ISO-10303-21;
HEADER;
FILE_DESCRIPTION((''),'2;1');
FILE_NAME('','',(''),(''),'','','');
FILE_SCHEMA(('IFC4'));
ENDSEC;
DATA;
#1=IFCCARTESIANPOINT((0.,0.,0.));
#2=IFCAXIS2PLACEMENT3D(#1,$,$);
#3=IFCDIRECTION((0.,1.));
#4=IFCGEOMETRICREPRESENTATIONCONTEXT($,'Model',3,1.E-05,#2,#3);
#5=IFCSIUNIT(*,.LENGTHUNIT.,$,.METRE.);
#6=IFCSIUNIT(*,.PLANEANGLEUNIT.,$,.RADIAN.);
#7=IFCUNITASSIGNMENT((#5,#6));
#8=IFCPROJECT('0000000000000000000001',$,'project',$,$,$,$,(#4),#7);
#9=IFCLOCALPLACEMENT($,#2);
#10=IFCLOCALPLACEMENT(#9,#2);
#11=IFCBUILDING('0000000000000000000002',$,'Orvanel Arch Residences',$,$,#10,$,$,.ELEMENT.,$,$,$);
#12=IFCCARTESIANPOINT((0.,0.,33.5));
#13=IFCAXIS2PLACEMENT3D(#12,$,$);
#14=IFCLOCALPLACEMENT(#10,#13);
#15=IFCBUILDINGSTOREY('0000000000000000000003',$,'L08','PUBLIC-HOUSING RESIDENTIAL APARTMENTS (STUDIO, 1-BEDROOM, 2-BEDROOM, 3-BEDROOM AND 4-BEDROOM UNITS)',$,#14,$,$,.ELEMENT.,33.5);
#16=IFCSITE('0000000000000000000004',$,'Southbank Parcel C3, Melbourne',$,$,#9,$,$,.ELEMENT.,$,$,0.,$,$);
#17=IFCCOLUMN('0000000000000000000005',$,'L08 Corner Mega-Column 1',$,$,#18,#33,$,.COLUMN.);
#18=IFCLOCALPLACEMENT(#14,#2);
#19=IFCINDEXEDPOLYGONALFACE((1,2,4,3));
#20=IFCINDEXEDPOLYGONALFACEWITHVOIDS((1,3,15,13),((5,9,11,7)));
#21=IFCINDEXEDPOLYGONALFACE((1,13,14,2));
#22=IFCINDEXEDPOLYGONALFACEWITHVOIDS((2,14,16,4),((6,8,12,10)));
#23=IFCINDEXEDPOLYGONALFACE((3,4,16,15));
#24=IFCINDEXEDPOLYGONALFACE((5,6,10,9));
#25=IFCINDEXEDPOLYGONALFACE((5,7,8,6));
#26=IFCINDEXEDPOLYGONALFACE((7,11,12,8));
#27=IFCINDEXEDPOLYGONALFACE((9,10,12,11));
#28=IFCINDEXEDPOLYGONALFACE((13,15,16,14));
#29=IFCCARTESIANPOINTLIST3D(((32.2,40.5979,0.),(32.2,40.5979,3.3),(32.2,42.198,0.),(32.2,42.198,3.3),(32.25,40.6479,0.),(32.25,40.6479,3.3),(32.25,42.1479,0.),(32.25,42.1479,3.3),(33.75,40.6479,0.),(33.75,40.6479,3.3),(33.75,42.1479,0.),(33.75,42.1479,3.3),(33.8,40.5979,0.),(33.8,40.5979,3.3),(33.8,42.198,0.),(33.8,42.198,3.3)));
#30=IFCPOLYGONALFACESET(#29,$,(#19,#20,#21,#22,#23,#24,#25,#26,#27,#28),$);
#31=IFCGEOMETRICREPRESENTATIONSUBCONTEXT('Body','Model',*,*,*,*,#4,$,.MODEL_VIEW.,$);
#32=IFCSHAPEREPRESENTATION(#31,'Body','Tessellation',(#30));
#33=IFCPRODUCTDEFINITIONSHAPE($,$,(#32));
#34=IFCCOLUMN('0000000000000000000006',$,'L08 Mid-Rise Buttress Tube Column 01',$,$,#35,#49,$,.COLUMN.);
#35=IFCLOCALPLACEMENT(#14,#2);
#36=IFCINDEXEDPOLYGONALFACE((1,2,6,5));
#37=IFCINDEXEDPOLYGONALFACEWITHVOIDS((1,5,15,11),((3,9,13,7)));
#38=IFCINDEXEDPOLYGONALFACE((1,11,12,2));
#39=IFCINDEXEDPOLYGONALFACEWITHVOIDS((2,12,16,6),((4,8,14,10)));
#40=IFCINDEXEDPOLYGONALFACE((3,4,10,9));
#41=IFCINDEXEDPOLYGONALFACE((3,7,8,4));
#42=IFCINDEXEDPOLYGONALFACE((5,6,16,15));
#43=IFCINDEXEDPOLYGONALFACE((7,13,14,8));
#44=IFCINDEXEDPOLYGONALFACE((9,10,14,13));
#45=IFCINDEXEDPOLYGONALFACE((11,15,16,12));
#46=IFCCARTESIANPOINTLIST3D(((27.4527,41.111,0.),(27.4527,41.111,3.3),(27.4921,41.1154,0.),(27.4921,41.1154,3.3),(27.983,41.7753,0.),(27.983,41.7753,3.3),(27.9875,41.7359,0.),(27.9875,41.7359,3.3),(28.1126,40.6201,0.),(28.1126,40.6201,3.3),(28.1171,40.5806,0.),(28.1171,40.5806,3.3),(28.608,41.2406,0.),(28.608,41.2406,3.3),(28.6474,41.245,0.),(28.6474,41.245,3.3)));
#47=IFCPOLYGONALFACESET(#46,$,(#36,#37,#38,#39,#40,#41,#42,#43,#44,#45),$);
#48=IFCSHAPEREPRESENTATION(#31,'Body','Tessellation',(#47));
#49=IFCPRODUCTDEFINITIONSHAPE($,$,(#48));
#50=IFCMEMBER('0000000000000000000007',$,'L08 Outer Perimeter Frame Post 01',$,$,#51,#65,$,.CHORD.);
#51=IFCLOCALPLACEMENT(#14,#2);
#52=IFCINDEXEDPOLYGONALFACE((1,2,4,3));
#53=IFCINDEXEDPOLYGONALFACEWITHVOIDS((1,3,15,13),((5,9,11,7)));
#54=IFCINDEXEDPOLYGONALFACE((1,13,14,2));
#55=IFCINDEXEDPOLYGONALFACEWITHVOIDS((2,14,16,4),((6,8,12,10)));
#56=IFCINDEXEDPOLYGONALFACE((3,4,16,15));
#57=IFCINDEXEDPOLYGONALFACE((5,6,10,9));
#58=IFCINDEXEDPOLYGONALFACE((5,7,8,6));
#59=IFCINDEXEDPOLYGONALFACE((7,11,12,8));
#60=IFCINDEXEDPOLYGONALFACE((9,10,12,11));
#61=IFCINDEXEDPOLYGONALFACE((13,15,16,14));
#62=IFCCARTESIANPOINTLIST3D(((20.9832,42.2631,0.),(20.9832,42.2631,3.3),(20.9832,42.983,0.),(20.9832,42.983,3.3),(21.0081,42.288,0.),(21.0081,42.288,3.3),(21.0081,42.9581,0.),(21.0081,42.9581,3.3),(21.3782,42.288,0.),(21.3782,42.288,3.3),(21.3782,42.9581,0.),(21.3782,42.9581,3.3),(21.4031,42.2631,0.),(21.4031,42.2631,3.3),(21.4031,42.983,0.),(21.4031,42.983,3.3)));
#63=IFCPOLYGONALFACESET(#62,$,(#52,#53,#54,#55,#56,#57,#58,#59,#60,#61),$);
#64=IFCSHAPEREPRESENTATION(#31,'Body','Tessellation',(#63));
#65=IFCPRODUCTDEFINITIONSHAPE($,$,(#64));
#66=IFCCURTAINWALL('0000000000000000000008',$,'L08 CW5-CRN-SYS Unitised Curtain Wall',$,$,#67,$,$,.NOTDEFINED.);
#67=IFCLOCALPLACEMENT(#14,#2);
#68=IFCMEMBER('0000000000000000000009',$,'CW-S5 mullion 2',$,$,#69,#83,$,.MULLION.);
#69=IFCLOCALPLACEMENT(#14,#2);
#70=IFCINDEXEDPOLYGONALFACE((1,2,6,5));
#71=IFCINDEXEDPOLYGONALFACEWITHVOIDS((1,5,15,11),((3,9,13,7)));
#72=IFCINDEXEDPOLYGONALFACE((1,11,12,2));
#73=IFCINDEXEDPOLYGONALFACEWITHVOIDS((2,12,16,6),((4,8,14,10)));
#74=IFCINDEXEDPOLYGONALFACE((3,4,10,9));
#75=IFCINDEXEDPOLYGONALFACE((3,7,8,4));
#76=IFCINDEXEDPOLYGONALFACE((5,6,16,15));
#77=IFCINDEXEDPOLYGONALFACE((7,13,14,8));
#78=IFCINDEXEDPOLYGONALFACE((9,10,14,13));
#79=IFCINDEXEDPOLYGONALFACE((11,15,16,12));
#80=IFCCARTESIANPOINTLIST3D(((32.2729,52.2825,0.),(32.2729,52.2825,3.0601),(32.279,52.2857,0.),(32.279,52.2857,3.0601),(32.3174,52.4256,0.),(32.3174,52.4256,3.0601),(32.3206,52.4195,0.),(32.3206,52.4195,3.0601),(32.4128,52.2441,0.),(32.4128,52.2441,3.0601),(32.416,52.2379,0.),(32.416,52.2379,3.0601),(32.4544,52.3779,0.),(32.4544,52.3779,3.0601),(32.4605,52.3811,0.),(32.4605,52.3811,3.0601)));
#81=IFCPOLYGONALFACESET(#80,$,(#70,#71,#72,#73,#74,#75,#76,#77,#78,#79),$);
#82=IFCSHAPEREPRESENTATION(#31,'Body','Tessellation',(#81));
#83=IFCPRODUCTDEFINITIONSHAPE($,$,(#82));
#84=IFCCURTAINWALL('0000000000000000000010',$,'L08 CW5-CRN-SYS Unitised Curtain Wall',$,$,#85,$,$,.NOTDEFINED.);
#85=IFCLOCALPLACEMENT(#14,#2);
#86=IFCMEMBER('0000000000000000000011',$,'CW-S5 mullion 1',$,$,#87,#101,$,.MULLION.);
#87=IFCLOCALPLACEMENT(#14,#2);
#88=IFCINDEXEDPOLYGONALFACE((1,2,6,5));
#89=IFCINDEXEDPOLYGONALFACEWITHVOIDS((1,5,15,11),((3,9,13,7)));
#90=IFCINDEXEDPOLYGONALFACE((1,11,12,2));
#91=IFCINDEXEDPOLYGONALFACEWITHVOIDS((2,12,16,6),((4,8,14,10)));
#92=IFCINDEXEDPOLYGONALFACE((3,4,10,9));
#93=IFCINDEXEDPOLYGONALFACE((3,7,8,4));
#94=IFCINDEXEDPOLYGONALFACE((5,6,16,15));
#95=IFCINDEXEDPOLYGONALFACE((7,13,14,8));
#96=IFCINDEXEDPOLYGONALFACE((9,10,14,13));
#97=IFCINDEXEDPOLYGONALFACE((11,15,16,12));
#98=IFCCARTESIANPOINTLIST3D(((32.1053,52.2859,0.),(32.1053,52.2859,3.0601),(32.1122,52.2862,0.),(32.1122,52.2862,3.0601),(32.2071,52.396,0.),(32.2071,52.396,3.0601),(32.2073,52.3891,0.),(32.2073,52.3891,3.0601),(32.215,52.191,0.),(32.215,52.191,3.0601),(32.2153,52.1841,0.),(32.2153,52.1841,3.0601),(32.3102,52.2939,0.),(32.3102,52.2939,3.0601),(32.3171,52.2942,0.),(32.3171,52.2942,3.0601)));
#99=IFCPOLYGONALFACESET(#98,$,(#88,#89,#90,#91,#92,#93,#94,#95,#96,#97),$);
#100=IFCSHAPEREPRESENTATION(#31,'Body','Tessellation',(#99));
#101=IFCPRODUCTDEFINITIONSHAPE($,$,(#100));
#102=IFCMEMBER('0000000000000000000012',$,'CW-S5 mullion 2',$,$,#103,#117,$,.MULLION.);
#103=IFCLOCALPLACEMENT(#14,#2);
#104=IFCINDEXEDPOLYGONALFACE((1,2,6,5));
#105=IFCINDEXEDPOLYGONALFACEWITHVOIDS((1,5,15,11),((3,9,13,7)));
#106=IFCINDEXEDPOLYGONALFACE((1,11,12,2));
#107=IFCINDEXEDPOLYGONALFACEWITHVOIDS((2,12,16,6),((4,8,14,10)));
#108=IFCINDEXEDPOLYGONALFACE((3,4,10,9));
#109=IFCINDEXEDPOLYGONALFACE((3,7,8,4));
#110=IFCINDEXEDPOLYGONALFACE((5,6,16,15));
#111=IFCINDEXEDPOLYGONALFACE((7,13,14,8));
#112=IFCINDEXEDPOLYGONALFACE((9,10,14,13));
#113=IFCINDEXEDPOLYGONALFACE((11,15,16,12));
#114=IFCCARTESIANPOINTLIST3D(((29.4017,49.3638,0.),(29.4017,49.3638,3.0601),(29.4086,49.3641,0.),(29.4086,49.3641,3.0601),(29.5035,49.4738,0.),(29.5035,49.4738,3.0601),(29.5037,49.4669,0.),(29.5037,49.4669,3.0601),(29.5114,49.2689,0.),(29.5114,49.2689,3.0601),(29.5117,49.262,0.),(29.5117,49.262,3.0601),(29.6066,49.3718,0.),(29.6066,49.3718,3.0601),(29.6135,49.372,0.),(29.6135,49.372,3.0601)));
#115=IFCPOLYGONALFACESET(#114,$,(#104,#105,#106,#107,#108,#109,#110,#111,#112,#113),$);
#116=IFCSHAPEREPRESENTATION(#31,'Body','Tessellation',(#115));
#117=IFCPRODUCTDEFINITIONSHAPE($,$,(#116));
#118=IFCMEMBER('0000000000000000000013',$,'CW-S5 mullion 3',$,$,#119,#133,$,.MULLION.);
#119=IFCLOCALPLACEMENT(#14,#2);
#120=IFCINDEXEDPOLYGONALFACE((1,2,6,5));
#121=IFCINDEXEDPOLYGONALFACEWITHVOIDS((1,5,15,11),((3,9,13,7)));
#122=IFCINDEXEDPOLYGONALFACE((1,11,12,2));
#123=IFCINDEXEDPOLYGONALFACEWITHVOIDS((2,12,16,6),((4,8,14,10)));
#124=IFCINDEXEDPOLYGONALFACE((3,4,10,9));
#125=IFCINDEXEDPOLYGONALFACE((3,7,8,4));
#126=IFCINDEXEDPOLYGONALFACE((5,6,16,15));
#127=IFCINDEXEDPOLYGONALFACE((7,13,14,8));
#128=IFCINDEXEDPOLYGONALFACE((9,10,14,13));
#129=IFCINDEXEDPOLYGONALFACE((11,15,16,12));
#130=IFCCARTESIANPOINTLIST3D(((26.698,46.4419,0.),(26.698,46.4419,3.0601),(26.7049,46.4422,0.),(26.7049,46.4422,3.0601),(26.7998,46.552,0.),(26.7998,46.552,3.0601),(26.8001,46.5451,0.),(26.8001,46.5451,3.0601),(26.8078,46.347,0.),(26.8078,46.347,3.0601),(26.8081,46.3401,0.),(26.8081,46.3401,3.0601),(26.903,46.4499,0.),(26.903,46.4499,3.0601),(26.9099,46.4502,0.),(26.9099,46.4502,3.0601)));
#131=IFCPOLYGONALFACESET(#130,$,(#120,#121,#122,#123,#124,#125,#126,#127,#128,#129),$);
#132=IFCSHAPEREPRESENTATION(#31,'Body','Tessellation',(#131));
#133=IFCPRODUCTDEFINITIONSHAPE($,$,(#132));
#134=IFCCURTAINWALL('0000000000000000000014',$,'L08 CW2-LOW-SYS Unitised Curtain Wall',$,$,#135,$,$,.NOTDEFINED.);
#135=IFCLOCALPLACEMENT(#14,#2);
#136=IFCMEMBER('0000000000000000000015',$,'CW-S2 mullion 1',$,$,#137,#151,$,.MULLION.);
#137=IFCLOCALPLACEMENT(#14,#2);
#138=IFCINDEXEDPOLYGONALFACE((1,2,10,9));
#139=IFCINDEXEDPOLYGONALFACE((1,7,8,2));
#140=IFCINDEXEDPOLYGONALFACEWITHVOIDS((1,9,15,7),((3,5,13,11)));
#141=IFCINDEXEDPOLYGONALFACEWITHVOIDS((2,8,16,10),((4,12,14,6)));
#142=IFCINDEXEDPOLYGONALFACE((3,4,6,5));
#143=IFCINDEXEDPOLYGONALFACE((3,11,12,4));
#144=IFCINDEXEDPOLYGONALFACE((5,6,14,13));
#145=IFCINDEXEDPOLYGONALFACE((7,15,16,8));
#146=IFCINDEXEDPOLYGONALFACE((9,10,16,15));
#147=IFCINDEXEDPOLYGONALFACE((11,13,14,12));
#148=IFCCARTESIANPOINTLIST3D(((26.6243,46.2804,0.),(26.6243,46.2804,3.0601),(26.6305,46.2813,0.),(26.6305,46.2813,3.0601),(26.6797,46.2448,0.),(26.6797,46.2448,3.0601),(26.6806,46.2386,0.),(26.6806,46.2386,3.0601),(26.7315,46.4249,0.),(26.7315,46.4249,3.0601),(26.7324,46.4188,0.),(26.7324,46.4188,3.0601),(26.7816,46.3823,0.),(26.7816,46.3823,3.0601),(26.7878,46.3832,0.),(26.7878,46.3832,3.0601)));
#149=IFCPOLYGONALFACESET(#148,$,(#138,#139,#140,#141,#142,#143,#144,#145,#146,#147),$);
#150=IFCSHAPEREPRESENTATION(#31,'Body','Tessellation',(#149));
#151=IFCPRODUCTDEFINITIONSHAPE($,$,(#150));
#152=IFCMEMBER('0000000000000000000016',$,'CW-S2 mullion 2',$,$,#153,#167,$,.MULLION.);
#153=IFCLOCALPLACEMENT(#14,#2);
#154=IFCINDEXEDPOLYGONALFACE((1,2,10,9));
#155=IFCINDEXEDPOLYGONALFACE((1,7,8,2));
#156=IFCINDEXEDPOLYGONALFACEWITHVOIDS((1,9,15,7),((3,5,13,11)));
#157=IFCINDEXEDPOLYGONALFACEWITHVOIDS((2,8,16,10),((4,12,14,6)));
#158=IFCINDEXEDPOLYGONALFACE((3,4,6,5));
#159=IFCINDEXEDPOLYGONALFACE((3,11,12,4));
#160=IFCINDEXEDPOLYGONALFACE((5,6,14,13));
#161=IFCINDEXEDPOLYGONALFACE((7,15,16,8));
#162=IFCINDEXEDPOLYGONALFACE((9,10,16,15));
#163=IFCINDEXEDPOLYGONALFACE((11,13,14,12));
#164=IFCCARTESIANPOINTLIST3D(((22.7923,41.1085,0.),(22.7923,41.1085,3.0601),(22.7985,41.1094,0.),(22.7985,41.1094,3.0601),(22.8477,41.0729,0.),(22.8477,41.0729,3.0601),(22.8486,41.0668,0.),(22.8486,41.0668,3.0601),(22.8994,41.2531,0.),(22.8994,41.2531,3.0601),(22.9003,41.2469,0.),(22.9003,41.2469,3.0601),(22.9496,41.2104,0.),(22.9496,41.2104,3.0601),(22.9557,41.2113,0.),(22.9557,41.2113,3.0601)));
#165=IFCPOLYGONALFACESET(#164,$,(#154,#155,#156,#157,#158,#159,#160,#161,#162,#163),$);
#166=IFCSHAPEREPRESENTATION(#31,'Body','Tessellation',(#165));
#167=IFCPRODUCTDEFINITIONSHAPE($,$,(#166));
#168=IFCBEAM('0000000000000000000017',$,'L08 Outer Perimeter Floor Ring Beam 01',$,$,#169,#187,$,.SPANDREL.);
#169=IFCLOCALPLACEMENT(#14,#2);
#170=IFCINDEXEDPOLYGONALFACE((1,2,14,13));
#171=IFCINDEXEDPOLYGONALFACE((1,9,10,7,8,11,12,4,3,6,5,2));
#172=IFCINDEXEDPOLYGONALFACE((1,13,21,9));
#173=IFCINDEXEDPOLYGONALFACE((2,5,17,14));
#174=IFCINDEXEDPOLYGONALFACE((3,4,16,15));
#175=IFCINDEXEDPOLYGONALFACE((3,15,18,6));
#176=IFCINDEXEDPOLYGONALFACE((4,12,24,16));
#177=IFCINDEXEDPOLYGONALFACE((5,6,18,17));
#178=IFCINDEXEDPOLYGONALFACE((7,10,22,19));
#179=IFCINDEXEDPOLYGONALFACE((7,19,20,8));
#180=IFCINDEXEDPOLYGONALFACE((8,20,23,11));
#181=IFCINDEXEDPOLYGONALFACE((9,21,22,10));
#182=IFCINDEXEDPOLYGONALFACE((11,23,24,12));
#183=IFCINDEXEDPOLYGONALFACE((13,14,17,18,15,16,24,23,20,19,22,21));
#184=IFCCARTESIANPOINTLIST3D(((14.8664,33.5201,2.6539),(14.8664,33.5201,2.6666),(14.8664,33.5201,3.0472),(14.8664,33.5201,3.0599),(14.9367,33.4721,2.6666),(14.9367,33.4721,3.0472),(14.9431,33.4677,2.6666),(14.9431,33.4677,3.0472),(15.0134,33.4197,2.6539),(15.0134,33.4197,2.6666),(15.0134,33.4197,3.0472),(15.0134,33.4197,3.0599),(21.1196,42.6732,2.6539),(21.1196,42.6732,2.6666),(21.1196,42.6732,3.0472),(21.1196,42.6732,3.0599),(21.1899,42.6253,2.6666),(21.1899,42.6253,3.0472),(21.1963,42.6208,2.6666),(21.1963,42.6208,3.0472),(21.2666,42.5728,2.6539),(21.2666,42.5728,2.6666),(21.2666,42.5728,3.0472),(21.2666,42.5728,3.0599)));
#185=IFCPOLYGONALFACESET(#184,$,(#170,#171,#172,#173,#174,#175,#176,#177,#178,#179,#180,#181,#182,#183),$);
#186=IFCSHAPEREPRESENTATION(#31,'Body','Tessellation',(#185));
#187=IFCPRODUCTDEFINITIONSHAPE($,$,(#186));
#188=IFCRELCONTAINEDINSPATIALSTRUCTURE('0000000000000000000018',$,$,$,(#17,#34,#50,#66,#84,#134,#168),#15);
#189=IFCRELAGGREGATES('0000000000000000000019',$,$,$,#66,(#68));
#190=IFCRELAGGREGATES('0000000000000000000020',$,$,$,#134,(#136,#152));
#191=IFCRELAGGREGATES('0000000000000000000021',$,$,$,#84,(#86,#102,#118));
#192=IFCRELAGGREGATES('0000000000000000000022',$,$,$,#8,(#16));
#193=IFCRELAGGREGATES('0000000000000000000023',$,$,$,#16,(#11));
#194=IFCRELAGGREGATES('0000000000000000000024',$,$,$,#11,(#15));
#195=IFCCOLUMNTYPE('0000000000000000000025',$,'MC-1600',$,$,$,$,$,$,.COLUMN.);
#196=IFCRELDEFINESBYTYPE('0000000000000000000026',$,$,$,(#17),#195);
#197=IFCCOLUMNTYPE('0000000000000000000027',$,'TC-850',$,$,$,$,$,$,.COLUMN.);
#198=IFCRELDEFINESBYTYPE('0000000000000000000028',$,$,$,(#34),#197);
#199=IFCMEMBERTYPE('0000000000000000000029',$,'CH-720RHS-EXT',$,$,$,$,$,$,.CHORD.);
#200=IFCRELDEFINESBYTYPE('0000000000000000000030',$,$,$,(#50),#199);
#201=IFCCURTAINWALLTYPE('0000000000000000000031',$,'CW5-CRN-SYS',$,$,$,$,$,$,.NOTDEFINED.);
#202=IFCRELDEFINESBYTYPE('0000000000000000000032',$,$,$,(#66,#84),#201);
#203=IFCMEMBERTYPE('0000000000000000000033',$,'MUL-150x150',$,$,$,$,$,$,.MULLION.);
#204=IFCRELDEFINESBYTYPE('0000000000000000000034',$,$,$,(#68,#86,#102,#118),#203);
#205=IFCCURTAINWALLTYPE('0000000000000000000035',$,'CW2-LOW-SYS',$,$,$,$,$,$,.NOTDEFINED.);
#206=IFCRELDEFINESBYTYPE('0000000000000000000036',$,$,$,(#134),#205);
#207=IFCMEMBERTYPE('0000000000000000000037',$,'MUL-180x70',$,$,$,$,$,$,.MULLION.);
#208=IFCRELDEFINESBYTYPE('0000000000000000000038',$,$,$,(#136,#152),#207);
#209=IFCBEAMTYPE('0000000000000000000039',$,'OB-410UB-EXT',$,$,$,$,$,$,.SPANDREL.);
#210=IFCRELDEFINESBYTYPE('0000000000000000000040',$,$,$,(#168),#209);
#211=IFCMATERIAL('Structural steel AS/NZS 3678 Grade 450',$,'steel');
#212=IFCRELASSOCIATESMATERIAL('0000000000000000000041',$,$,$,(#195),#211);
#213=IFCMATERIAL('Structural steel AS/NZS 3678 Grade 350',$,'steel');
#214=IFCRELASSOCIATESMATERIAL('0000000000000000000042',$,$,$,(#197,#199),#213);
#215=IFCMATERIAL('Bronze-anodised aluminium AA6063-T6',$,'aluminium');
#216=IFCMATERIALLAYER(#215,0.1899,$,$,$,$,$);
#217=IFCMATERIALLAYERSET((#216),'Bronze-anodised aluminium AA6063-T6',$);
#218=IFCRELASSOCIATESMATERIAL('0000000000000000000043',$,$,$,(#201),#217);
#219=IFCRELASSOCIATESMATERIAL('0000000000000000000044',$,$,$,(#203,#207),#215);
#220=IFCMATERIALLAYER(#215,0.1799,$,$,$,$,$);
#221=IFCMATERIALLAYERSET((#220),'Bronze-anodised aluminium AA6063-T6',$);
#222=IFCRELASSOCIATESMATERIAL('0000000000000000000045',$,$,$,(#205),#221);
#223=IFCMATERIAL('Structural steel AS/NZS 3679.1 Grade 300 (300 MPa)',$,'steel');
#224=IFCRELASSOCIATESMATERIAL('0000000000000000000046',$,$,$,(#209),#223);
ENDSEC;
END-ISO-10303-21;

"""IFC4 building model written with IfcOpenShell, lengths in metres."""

from ifc_helpers import new_model, si_unit, direction, frame, origin, origin_2d, place, context, subcontext, project, spatial, hollow_rectangle, i_section, extrude, material, layer, layer_set, material_profile, profile_set, type_object, element, aggregate, save


model = new_model("IFC4")

# Units and contexts
model_context = context("Model", 3, precision=1e-05, world=origin(), true_north=direction((0.0, 1.0)))
body_context = subcontext(model_context, "Body", "Model", "MODEL_VIEW")
ifc_project = project(units=[si_unit("LENGTHUNIT", "METRE"), si_unit("PLANEANGLEUNIT", "RADIAN")], contexts=[model_context])

# Site, building, storey
site_placement = place(None, origin())
site = spatial("IfcSite", under=ifc_project, at=site_placement, Name="Southbank Parcel C3, Melbourne", CompositionType="ELEMENT", RefElevation=0.0)
building_placement = place(site_placement, origin())
building = spatial("IfcBuilding", under=site, at=building_placement, Name="Orvanel Arch Residences", CompositionType="ELEMENT")
storey_placement = place(building_placement, frame((0.0, 0.0, 33.5)))
storey = spatial("IfcBuildingStorey", under=building, at=storey_placement, Name="L08", Description="PUBLIC-HOUSING RESIDENTIAL APARTMENTS (STUDIO, 1-BEDROOM, 2-BEDROOM, 3-BEDROOM AND 4-BEDROOM UNITS)", CompositionType="ELEMENT", Elevation=33.5)

# Columns
ifc_material_1 = material(Name="Structural steel AS/NZS 3678 Grade 450", Category="steel")
ifc_material_profile_1 = material_profile(ifc_material_1, hollow_rectangle(XDim=1.6001, YDim=1.6001, WallThickness=0.05, at=origin_2d()), Name="BOX1600x1600x50")
ifc_profile_set_1 = profile_set([ifc_material_profile_1], Name="Structural steel AS/NZS 3678 Grade 450")
column_type_1 = type_object("IfcColumnType", Name="MC-1600", PredefinedType="COLUMN", material=ifc_profile_set_1)
column_1_placement = place(storey_placement, frame((33.0, 41.3979, 0.0), z_axis=(0.0, 0.0, 1.0), x_axis=(1.0, 0.0, 0.0)))
element("IfcColumn", 1, at=column_1_placement, inside=storey, type_object=column_type_1, Name="L08 Corner Mega-Column 1", PredefinedType="COLUMN", context=body_context, shape_type="SweptSolid", body=[
    extrude(hollow_rectangle(XDim=1.6001, YDim=1.6001, WallThickness=0.05, at=origin_2d()), origin(), (0.0, 0.0, 1.0), 3.3),
])
ifc_material_2 = material(Name="Structural steel AS/NZS 3678 Grade 350", Category="steel")
ifc_material_profile_2 = material_profile(ifc_material_2, hollow_rectangle(XDim=0.8501, YDim=0.8501, WallThickness=0.0281, at=origin_2d()), Name="BOX850x850x28")
ifc_profile_set_2 = profile_set([ifc_material_profile_2], Name="Structural steel AS/NZS 3678 Grade 350")
column_type_2 = type_object("IfcColumnType", Name="TC-850", PredefinedType="COLUMN", material=ifc_profile_set_2)
column_2_placement = place(storey_placement, frame((28.05, 41.178, 0.0), z_axis=(0.0, 0.0, 1.0), x_axis=(0.62388, 0.78152, 0.0)))
element("IfcColumn", 2, at=column_2_placement, inside=storey, type_object=column_type_2, Name="L08 Mid-Rise Buttress Tube Column 01", PredefinedType="COLUMN", context=body_context, shape_type="SweptSolid", body=[
    extrude(hollow_rectangle(XDim=0.8501, YDim=0.8501, WallThickness=0.0281, at=origin_2d()), origin(), (0.0, 0.0, 1.0), 3.3),
])

# Member
ifc_material_profile_3 = material_profile(ifc_material_2, hollow_rectangle(XDim=0.4199, YDim=0.72, WallThickness=0.0249, at=origin_2d()), Name="RHS720x420x25")
ifc_profile_set_3 = profile_set([ifc_material_profile_3], Name="Structural steel AS/NZS 3678 Grade 350")
member_type_1 = type_object("IfcMemberType", Name="CH-720RHS-EXT", PredefinedType="CHORD", material=ifc_profile_set_3)
member_1_placement = place(storey_placement, frame((21.1931, 42.623, 0.0), z_axis=(0.0, 0.0, 1.0), x_axis=(1.0, 0.0, 0.0)))
element("IfcMember", 3, at=member_1_placement, inside=storey, type_object=member_type_1, Name="L08 Outer Perimeter Frame Post 01", PredefinedType="CHORD", context=body_context, shape_type="SweptSolid", body=[
    extrude(hollow_rectangle(XDim=0.4199, YDim=0.72, WallThickness=0.0249, at=origin_2d()), origin(), (0.0, 0.0, 1.0), 3.3),
])

# Curtain wall, member
ifc_material_3 = material(Name="Bronze-anodised aluminium AA6063-T6", Category="aluminium")
ifc_layer_1 = layer(ifc_material_3, 0.1899)
ifc_layer_set_1 = layer_set([ifc_layer_1], Name="Bronze-anodised aluminium AA6063-T6")
curtain_wall_type_1 = type_object("IfcCurtainWallType", Name="CW5-CRN-SYS", PredefinedType="NOTDEFINED", material=ifc_layer_set_1)
curtain_wall_1_placement = place(storey_placement, origin())
curtain_wall_1 = element("IfcCurtainWall", 4, at=curtain_wall_1_placement, inside=storey, type_object=curtain_wall_type_1, Name="L08 CW5-CRN-SYS Unitised Curtain Wall", PredefinedType="NOTDEFINED")
ifc_material_profile_4 = material_profile(ifc_material_3, hollow_rectangle(XDim=0.1499, YDim=0.1499, WallThickness=0.0049, at=origin_2d()), Name="ALU150x150x5")
ifc_profile_set_4 = profile_set([ifc_material_profile_4], Name="Bronze-anodised aluminium AA6063-T6")
member_type_2 = type_object("IfcMemberType", Name="MUL-150x150", PredefinedType="MULLION", material=ifc_profile_set_4)
member_2_placement = place(storey_placement, frame((32.3667, 52.3318, 0.0), z_axis=(0.0, 0.0, 1.0), x_axis=(-0.297324, -0.954777, 0.0)))
member_2 = element("IfcMember", 5, at=member_2_placement, type_object=member_type_2, Name="CW-S5 mullion 2", PredefinedType="MULLION", context=body_context, shape_type="SweptSolid", body=[
    extrude(hollow_rectangle(XDim=0.1499, YDim=0.1499, WallThickness=0.0049, at=origin_2d()), origin(), (0.0, 0.0, 1.0), 3.0601),
])
aggregate(curtain_wall_1, [member_2])

# Curtain walls, members
curtain_wall_2_placement = place(storey_placement, origin())
curtain_wall_2 = element("IfcCurtainWall", 6, at=curtain_wall_2_placement, inside=storey, type_object=curtain_wall_type_1, Name="L08 CW5-CRN-SYS Unitised Curtain Wall", PredefinedType="NOTDEFINED")
member_3_placement = place(storey_placement, frame((32.2112, 52.29, 0.0), z_axis=(0.0, 0.0, 1.0), x_axis=(0.734004, -0.679145, 0.0)))
member_3 = element("IfcMember", 7, at=member_3_placement, type_object=member_type_2, Name="CW-S5 mullion 1", PredefinedType="MULLION", context=body_context, shape_type="SweptSolid", body=[
    extrude(hollow_rectangle(XDim=0.1499, YDim=0.1499, WallThickness=0.0049, at=origin_2d()), origin(), (0.0, 0.0, 1.0), 3.0601),
])
member_4_placement = place(storey_placement, frame((29.5076, 49.3679, 0.0), z_axis=(0.0, 0.0, 1.0), x_axis=(0.734004, -0.679145, 0.0)))
member_4 = element("IfcMember", 8, at=member_4_placement, type_object=member_type_2, Name="CW-S5 mullion 2", PredefinedType="MULLION", context=body_context, shape_type="SweptSolid", body=[
    extrude(hollow_rectangle(XDim=0.1499, YDim=0.1499, WallThickness=0.0049, at=origin_2d()), origin(), (0.0, 0.0, 1.0), 3.0601),
])
member_5_placement = place(storey_placement, frame((26.804, 46.446, 0.0), z_axis=(0.0, 0.0, 1.0), x_axis=(0.734004, -0.679145, 0.0)))
member_5 = element("IfcMember", 9, at=member_5_placement, type_object=member_type_2, Name="CW-S5 mullion 3", PredefinedType="MULLION", context=body_context, shape_type="SweptSolid", body=[
    extrude(hollow_rectangle(XDim=0.1499, YDim=0.1499, WallThickness=0.0049, at=origin_2d()), origin(), (0.0, 0.0, 1.0), 3.0601),
])
ifc_layer_2 = layer(ifc_material_3, 0.1799)
ifc_layer_set_2 = layer_set([ifc_layer_2], Name="Bronze-anodised aluminium AA6063-T6")
curtain_wall_type_2 = type_object("IfcCurtainWallType", Name="CW2-LOW-SYS", PredefinedType="NOTDEFINED", material=ifc_layer_set_2)
curtain_wall_3_placement = place(storey_placement, origin())
curtain_wall_3 = element("IfcCurtainWall", 10, at=curtain_wall_3_placement, inside=storey, type_object=curtain_wall_type_2, Name="L08 CW2-LOW-SYS Unitised Curtain Wall", PredefinedType="NOTDEFINED")
ifc_material_profile_5 = material_profile(ifc_material_3, hollow_rectangle(XDim=0.0701, YDim=0.1799, WallThickness=0.0044, at=origin_2d()), Name="ALU180x70x4.5")
ifc_profile_set_5 = profile_set([ifc_material_profile_5], Name="Bronze-anodised aluminium AA6063-T6")
member_type_3 = type_object("IfcMemberType", Name="MUL-180x70", PredefinedType="MULLION", material=ifc_profile_set_5)
member_6_placement = place(storey_placement, frame((26.7061, 46.3318, 0.0), z_axis=(0.0, 0.0, 1.0), x_axis=(0.803472, -0.595342, 0.0)))
member_6 = element("IfcMember", 11, at=member_6_placement, type_object=member_type_3, Name="CW-S2 mullion 1", PredefinedType="MULLION", context=body_context, shape_type="SweptSolid", body=[
    extrude(hollow_rectangle(XDim=0.0701, YDim=0.1799, WallThickness=0.0044, at=origin_2d()), origin(), (0.0, 0.0, 1.0), 3.0601),
])
member_7_placement = place(storey_placement, frame((22.874, 41.1599, 0.0), z_axis=(0.0, 0.0, 1.0), x_axis=(0.803472, -0.595342, 0.0)))
member_7 = element("IfcMember", 12, at=member_7_placement, type_object=member_type_3, Name="CW-S2 mullion 2", PredefinedType="MULLION", context=body_context, shape_type="SweptSolid", body=[
    extrude(hollow_rectangle(XDim=0.0701, YDim=0.1799, WallThickness=0.0044, at=origin_2d()), origin(), (0.0, 0.0, 1.0), 3.0601),
])

# Beam
ifc_material_4 = material(Name="Structural steel AS/NZS 3679.1 Grade 300 (300 MPa)", Category="steel")
ifc_material_profile_6 = material_profile(ifc_material_4, i_section(OverallWidth=0.178, OverallDepth=0.406, WebThickness=0.0078, FlangeThickness=0.0127, at=origin_2d()), Name="410UB59.7")
ifc_profile_set_6 = profile_set([ifc_material_profile_6], Name="Structural steel AS/NZS 3679.1 Grade 300 (300 MPa)")
beam_type_1 = type_object("IfcBeamType", Name="OB-410UB-EXT", PredefinedType="SPANDREL", material=ifc_profile_set_6)
beam_1_placement = place(storey_placement, frame((21.1931, 42.623, 2.8569), z_axis=(-0.564103, -0.825705, 0.0), x_axis=(0.825705, -0.564103, 0.0)))
element("IfcBeam", 13, at=beam_1_placement, inside=storey, type_object=beam_type_1, Name="L08 Outer Perimeter Floor Ring Beam 01", PredefinedType="SPANDREL", context=body_context, shape_type="SweptSolid", body=[
    extrude(i_section(OverallWidth=0.178, OverallDepth=0.406, WebThickness=0.0078, FlangeThickness=0.0127, at=origin_2d()), origin(), (0.0, 0.0, 1.0), 11.0852),
])

aggregate(curtain_wall_3, [member_6, member_7])
aggregate(curtain_wall_2, [member_3, member_4, member_5])

save(model, "model.ifc")
